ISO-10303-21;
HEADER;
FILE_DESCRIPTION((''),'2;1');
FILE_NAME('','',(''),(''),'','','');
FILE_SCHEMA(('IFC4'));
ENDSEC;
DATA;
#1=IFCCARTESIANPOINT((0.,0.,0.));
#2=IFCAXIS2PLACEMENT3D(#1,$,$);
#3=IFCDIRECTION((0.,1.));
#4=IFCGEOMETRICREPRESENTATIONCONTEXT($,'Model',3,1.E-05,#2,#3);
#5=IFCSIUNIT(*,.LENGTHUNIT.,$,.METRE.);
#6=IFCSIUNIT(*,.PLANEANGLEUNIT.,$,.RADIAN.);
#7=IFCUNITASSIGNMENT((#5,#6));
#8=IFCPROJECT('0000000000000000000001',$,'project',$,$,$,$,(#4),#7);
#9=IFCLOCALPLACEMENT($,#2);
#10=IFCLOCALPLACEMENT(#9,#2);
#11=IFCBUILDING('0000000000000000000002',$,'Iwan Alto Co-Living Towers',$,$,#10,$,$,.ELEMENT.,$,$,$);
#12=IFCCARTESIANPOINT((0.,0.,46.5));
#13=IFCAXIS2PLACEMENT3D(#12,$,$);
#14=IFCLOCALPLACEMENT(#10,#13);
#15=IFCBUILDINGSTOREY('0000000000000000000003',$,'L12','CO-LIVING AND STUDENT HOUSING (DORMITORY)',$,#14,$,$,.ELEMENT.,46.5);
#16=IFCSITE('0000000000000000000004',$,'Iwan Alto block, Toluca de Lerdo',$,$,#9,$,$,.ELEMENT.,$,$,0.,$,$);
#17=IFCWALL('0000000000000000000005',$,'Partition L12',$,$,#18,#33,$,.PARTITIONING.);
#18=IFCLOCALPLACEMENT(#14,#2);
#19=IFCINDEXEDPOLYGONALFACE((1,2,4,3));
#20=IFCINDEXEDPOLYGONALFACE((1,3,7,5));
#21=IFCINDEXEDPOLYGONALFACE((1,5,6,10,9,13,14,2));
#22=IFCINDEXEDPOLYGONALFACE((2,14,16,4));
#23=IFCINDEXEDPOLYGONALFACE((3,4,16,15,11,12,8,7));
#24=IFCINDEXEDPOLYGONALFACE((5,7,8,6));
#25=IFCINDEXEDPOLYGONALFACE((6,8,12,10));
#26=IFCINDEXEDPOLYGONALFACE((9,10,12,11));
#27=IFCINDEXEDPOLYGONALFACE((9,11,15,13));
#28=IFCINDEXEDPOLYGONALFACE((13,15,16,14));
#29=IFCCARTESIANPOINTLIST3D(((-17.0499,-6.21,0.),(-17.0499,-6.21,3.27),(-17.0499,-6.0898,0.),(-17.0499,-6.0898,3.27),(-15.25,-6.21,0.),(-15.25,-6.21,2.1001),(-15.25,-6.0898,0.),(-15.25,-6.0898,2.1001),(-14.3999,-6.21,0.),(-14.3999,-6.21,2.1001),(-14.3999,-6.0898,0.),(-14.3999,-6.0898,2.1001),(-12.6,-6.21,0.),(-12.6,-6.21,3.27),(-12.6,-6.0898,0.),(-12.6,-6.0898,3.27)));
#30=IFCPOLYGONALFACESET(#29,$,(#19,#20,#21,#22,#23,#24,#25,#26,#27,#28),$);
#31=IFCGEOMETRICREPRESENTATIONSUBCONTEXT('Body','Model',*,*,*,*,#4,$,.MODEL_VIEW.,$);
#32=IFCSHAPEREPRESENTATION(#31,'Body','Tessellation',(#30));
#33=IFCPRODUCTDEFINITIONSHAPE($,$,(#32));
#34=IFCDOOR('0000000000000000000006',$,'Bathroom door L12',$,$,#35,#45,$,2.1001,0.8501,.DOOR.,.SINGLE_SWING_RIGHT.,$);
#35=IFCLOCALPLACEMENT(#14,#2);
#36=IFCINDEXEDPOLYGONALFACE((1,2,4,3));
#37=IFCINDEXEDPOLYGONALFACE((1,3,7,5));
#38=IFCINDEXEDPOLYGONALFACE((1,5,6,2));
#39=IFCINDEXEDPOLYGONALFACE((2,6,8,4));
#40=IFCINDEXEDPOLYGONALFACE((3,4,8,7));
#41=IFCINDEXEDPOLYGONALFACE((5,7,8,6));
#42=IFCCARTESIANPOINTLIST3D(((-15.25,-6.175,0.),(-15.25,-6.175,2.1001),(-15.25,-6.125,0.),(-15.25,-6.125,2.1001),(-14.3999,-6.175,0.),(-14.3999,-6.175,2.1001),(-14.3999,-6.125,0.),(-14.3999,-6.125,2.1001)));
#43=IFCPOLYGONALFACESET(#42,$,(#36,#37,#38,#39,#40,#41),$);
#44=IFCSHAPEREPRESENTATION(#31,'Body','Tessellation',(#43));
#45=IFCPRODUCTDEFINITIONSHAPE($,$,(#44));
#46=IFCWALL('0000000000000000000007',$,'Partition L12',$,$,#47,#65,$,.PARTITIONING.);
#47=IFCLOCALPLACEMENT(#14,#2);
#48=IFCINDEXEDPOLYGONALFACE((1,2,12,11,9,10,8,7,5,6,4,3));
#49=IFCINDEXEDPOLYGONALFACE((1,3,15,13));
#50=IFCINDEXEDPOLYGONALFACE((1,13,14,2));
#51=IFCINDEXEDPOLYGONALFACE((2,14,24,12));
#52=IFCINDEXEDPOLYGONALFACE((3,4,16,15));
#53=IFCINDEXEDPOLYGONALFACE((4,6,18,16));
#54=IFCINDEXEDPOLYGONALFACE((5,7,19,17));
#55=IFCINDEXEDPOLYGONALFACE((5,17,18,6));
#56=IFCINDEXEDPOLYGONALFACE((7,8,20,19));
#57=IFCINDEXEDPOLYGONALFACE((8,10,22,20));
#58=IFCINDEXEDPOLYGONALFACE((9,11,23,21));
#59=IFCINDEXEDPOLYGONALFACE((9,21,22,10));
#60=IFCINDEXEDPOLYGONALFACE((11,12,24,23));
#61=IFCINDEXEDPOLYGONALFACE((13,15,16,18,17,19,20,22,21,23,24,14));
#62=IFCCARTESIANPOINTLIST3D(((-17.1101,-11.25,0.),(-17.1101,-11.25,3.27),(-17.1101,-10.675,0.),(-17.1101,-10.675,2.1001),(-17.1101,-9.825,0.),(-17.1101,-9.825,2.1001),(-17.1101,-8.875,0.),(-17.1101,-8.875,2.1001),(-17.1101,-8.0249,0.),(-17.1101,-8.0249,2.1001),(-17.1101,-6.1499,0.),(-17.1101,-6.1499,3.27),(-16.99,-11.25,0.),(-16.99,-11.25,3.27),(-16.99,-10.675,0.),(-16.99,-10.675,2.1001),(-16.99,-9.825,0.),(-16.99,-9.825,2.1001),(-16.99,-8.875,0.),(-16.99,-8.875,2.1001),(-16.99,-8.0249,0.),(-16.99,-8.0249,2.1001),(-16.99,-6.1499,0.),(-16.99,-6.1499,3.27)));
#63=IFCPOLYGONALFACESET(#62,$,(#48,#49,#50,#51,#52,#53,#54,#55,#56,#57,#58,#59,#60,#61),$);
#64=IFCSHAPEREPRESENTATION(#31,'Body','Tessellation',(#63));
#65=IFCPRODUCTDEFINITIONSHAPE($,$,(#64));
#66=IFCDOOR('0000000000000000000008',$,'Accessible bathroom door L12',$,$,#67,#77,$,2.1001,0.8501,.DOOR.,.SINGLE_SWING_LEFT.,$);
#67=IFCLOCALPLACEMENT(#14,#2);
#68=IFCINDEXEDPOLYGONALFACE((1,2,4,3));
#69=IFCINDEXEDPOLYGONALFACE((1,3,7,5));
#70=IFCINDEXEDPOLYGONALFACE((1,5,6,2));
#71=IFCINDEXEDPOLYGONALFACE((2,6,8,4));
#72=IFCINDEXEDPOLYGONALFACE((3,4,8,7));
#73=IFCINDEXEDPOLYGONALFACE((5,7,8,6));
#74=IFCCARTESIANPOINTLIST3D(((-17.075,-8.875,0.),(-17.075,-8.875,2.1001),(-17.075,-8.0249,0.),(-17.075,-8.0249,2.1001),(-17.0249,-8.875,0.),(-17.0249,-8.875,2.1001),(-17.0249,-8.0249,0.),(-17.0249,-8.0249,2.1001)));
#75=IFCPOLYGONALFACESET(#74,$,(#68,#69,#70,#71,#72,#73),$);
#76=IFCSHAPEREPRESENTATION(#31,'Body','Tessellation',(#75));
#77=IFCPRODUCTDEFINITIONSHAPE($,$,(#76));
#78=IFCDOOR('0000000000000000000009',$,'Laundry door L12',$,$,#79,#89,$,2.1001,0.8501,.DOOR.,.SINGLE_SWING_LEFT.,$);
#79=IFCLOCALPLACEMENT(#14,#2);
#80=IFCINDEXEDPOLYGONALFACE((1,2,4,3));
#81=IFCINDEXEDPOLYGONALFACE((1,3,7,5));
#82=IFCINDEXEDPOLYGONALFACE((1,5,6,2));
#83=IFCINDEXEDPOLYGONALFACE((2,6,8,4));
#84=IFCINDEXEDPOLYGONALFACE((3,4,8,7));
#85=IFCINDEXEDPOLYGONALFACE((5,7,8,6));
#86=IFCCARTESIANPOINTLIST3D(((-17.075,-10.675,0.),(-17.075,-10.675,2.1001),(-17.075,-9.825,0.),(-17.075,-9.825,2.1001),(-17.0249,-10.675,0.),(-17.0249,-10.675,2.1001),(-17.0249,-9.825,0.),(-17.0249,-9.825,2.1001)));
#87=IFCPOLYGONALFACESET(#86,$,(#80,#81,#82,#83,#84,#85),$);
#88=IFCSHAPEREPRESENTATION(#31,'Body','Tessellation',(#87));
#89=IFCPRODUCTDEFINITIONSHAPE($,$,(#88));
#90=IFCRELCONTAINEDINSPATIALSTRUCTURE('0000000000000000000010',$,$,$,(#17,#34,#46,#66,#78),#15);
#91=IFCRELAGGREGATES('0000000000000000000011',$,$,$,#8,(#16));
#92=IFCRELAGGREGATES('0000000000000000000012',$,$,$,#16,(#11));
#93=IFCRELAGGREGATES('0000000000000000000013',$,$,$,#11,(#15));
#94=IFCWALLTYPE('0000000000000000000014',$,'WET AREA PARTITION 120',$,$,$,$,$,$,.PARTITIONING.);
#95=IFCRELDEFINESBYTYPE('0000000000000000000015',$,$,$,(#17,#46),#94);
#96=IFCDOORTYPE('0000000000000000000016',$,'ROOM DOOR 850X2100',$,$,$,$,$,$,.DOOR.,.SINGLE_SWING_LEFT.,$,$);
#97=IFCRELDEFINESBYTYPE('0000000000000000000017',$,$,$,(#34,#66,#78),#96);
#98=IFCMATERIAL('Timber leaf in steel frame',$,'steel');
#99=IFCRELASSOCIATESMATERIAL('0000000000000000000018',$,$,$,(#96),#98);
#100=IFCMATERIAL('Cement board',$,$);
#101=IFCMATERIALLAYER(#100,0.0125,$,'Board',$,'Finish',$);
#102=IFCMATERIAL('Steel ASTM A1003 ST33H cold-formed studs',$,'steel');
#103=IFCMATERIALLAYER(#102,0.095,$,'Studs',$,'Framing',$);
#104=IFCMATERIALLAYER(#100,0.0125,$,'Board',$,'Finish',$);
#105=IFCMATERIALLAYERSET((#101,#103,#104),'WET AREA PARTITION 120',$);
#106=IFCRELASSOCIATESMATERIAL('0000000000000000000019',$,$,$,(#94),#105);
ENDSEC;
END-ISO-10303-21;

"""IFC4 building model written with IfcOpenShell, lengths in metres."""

from ifc_helpers import new_model, si_unit, direction, frame, frame_2d, origin, place, context, subcontext, project, spatial, rectangle, extrude, material, layer, layer_set, type_object, element, fill, save


model = new_model("IFC4")

# Units and contexts
model_context = context("Model", 3, precision=1e-05, world=origin(), true_north=direction((0.0, 1.0)))
body_context = subcontext(model_context, "Body", "Model", "MODEL_VIEW")
ifc_project = project(units=[si_unit("LENGTHUNIT", "METRE"), si_unit("PLANEANGLEUNIT", "RADIAN")], contexts=[model_context])

# Site, building, storey
site_placement = place(None, origin())
site = spatial("IfcSite", under=ifc_project, at=site_placement, Name="Iwan Alto block, Toluca de Lerdo", CompositionType="ELEMENT", RefElevation=0.0)
building_placement = place(site_placement, origin())
building = spatial("IfcBuilding", under=site, at=building_placement, Name="Iwan Alto Co-Living Towers", CompositionType="ELEMENT")
storey_placement = place(building_placement, frame((0.0, 0.0, 46.5)))
storey = spatial("IfcBuildingStorey", under=building, at=storey_placement, Name="L12", Description="CO-LIVING AND STUDENT HOUSING (DORMITORY)", CompositionType="ELEMENT", Elevation=46.5)

# Shared definitions
ifc_material_1 = material(Name="Steel ASTM A1003 ST33H cold-formed studs", Category="steel")

# Shared definitions
ifc_material_2 = material(Name="Timber leaf in steel frame", Category="steel")
door_type_1 = type_object("IfcDoorType", Name="ROOM DOOR 850X2100", OperationType="SINGLE_SWING_LEFT", PredefinedType="DOOR", material=ifc_material_2)

# Shared definitions
ifc_material_3 = material(Name="Cement board")
ifc_layer_1 = layer(ifc_material_3, 0.0125, Name="Board", Category="Finish")
ifc_layer_2 = layer(ifc_material_1, 0.095, Name="Studs", Category="Framing")
ifc_layer_3 = layer(ifc_material_3, 0.0125, Name="Board", Category="Finish")
ifc_layer_set_1 = layer_set([ifc_layer_1, ifc_layer_2, ifc_layer_3], Name="WET AREA PARTITION 120")
wall_type_1 = type_object("IfcWallType", Name="WET AREA PARTITION 120", PredefinedType="PARTITIONING", material=ifc_layer_set_1)

# Wall, opening, door
wall_1_placement = place(storey_placement, frame((-17.05, -6.1499, 0.0), z_axis=(0.0, 0.0, 1.0), x_axis=(1.0, 0.0, 0.0)))
wall_1 = element("IfcWall", 1, at=wall_1_placement, inside=storey, type_object=wall_type_1, Name="Partition L12", PredefinedType="PARTITIONING", context=body_context, shape_type="SweptSolid", body=[
    extrude(rectangle(XDim=4.45, YDim=0.1201, at=frame_2d((2.2251, 0.0))), origin(), (0.0, 0.0, 1.0), 3.27),
])
opening_1_placement = place(wall_1_placement, frame((1.8, 0.0, 0.0)))
opening_1 = element("IfcOpeningElement", 2, at=opening_1_placement, cuts=wall_1, PredefinedType="OPENING", context=body_context, shape_type="SweptSolid", body=[
    extrude(rectangle(XDim=0.8501, YDim=2.1001, at=frame_2d((0.425, 1.05))), frame((0.0, 0.0701, 0.0), z_axis=(0.0, -1.0, 0.0), x_axis=(1.0, 0.0, 0.0)), (0.0, 0.0, 1.0), 0.1401),
])
door_1_placement = place(opening_1_placement, origin())
door_1 = element("IfcDoor", 3, at=door_1_placement, inside=storey, type_object=door_type_1, Name="Bathroom door L12", OperationType="SINGLE_SWING_RIGHT", OverallHeight=2.1001, OverallWidth=0.8501, PredefinedType="DOOR", context=body_context, shape_type="SweptSolid", body=[
    extrude(rectangle(XDim=0.8501, YDim=2.1001, at=frame_2d((0.425, 1.05))), frame((0.0, 0.0249, 0.0), z_axis=(0.0, -1.0, 0.0), x_axis=(1.0, 0.0, 0.0)), (0.0, 0.0, 1.0), 0.05),
])
fill(opening_1, door_1)

# Wall, openings, doors
wall_2_placement = place(storey_placement, frame((-17.05, -11.25, 0.0), z_axis=(0.0, 0.0, 1.0), x_axis=(0.0, 1.0, 0.0)))
wall_2 = element("IfcWall", 4, at=wall_2_placement, inside=storey, type_object=wall_type_1, Name="Partition L12", PredefinedType="PARTITIONING", context=body_context, shape_type="SweptSolid", body=[
    extrude(rectangle(XDim=5.1001, YDim=0.1201, at=frame_2d((2.55, 0.0))), origin(), (0.0, 0.0, 1.0), 3.27),
])
opening_2_placement = place(wall_2_placement, frame((2.375, 0.0, 0.0)))
opening_2 = element("IfcOpeningElement", 5, at=opening_2_placement, cuts=wall_2, PredefinedType="OPENING", context=body_context, shape_type="SweptSolid", body=[
    extrude(rectangle(XDim=0.8501, YDim=2.1001, at=frame_2d((0.425, 1.05))), frame((0.0, 0.0701, 0.0), z_axis=(0.0, -1.0, 0.0), x_axis=(1.0, 0.0, 0.0)), (0.0, 0.0, 1.0), 0.1401),
])
opening_3_placement = place(wall_2_placement, frame((0.575, 0.0, 0.0)))
opening_3 = element("IfcOpeningElement", 6, at=opening_3_placement, cuts=wall_2, PredefinedType="OPENING", context=body_context, shape_type="SweptSolid", body=[
    extrude(rectangle(XDim=0.8501, YDim=2.1001, at=frame_2d((0.425, 1.05))), frame((0.0, 0.0701, 0.0), z_axis=(0.0, -1.0, 0.0), x_axis=(1.0, 0.0, 0.0)), (0.0, 0.0, 1.0), 0.1401),
])
door_2_placement = place(opening_2_placement, origin())
door_2 = element("IfcDoor", 7, at=door_2_placement, inside=storey, type_object=door_type_1, Name="Accessible bathroom door L12", OperationType="SINGLE_SWING_LEFT", OverallHeight=2.1001, OverallWidth=0.8501, PredefinedType="DOOR", context=body_context, shape_type="SweptSolid", body=[
    extrude(rectangle(XDim=0.8501, YDim=2.1001, at=frame_2d((0.425, 1.05))), frame((0.0, 0.0249, 0.0), z_axis=(0.0, -1.0, 0.0), x_axis=(1.0, 0.0, 0.0)), (0.0, 0.0, 1.0), 0.05),
])
fill(opening_2, door_2)
door_3_placement = place(opening_3_placement, origin())
door_3 = element("IfcDoor", 8, at=door_3_placement, inside=storey, type_object=door_type_1, Name="Laundry door L12", OperationType="SINGLE_SWING_LEFT", OverallHeight=2.1001, OverallWidth=0.8501, PredefinedType="DOOR", context=body_context, shape_type="SweptSolid", body=[
    extrude(rectangle(XDim=0.8501, YDim=2.1001, at=frame_2d((0.425, 1.05))), frame((0.0, 0.0249, 0.0), z_axis=(0.0, -1.0, 0.0), x_axis=(1.0, 0.0, 0.0)), (0.0, 0.0, 1.0), 0.05),
])
fill(opening_3, door_3)

save(model, "model.ifc")
